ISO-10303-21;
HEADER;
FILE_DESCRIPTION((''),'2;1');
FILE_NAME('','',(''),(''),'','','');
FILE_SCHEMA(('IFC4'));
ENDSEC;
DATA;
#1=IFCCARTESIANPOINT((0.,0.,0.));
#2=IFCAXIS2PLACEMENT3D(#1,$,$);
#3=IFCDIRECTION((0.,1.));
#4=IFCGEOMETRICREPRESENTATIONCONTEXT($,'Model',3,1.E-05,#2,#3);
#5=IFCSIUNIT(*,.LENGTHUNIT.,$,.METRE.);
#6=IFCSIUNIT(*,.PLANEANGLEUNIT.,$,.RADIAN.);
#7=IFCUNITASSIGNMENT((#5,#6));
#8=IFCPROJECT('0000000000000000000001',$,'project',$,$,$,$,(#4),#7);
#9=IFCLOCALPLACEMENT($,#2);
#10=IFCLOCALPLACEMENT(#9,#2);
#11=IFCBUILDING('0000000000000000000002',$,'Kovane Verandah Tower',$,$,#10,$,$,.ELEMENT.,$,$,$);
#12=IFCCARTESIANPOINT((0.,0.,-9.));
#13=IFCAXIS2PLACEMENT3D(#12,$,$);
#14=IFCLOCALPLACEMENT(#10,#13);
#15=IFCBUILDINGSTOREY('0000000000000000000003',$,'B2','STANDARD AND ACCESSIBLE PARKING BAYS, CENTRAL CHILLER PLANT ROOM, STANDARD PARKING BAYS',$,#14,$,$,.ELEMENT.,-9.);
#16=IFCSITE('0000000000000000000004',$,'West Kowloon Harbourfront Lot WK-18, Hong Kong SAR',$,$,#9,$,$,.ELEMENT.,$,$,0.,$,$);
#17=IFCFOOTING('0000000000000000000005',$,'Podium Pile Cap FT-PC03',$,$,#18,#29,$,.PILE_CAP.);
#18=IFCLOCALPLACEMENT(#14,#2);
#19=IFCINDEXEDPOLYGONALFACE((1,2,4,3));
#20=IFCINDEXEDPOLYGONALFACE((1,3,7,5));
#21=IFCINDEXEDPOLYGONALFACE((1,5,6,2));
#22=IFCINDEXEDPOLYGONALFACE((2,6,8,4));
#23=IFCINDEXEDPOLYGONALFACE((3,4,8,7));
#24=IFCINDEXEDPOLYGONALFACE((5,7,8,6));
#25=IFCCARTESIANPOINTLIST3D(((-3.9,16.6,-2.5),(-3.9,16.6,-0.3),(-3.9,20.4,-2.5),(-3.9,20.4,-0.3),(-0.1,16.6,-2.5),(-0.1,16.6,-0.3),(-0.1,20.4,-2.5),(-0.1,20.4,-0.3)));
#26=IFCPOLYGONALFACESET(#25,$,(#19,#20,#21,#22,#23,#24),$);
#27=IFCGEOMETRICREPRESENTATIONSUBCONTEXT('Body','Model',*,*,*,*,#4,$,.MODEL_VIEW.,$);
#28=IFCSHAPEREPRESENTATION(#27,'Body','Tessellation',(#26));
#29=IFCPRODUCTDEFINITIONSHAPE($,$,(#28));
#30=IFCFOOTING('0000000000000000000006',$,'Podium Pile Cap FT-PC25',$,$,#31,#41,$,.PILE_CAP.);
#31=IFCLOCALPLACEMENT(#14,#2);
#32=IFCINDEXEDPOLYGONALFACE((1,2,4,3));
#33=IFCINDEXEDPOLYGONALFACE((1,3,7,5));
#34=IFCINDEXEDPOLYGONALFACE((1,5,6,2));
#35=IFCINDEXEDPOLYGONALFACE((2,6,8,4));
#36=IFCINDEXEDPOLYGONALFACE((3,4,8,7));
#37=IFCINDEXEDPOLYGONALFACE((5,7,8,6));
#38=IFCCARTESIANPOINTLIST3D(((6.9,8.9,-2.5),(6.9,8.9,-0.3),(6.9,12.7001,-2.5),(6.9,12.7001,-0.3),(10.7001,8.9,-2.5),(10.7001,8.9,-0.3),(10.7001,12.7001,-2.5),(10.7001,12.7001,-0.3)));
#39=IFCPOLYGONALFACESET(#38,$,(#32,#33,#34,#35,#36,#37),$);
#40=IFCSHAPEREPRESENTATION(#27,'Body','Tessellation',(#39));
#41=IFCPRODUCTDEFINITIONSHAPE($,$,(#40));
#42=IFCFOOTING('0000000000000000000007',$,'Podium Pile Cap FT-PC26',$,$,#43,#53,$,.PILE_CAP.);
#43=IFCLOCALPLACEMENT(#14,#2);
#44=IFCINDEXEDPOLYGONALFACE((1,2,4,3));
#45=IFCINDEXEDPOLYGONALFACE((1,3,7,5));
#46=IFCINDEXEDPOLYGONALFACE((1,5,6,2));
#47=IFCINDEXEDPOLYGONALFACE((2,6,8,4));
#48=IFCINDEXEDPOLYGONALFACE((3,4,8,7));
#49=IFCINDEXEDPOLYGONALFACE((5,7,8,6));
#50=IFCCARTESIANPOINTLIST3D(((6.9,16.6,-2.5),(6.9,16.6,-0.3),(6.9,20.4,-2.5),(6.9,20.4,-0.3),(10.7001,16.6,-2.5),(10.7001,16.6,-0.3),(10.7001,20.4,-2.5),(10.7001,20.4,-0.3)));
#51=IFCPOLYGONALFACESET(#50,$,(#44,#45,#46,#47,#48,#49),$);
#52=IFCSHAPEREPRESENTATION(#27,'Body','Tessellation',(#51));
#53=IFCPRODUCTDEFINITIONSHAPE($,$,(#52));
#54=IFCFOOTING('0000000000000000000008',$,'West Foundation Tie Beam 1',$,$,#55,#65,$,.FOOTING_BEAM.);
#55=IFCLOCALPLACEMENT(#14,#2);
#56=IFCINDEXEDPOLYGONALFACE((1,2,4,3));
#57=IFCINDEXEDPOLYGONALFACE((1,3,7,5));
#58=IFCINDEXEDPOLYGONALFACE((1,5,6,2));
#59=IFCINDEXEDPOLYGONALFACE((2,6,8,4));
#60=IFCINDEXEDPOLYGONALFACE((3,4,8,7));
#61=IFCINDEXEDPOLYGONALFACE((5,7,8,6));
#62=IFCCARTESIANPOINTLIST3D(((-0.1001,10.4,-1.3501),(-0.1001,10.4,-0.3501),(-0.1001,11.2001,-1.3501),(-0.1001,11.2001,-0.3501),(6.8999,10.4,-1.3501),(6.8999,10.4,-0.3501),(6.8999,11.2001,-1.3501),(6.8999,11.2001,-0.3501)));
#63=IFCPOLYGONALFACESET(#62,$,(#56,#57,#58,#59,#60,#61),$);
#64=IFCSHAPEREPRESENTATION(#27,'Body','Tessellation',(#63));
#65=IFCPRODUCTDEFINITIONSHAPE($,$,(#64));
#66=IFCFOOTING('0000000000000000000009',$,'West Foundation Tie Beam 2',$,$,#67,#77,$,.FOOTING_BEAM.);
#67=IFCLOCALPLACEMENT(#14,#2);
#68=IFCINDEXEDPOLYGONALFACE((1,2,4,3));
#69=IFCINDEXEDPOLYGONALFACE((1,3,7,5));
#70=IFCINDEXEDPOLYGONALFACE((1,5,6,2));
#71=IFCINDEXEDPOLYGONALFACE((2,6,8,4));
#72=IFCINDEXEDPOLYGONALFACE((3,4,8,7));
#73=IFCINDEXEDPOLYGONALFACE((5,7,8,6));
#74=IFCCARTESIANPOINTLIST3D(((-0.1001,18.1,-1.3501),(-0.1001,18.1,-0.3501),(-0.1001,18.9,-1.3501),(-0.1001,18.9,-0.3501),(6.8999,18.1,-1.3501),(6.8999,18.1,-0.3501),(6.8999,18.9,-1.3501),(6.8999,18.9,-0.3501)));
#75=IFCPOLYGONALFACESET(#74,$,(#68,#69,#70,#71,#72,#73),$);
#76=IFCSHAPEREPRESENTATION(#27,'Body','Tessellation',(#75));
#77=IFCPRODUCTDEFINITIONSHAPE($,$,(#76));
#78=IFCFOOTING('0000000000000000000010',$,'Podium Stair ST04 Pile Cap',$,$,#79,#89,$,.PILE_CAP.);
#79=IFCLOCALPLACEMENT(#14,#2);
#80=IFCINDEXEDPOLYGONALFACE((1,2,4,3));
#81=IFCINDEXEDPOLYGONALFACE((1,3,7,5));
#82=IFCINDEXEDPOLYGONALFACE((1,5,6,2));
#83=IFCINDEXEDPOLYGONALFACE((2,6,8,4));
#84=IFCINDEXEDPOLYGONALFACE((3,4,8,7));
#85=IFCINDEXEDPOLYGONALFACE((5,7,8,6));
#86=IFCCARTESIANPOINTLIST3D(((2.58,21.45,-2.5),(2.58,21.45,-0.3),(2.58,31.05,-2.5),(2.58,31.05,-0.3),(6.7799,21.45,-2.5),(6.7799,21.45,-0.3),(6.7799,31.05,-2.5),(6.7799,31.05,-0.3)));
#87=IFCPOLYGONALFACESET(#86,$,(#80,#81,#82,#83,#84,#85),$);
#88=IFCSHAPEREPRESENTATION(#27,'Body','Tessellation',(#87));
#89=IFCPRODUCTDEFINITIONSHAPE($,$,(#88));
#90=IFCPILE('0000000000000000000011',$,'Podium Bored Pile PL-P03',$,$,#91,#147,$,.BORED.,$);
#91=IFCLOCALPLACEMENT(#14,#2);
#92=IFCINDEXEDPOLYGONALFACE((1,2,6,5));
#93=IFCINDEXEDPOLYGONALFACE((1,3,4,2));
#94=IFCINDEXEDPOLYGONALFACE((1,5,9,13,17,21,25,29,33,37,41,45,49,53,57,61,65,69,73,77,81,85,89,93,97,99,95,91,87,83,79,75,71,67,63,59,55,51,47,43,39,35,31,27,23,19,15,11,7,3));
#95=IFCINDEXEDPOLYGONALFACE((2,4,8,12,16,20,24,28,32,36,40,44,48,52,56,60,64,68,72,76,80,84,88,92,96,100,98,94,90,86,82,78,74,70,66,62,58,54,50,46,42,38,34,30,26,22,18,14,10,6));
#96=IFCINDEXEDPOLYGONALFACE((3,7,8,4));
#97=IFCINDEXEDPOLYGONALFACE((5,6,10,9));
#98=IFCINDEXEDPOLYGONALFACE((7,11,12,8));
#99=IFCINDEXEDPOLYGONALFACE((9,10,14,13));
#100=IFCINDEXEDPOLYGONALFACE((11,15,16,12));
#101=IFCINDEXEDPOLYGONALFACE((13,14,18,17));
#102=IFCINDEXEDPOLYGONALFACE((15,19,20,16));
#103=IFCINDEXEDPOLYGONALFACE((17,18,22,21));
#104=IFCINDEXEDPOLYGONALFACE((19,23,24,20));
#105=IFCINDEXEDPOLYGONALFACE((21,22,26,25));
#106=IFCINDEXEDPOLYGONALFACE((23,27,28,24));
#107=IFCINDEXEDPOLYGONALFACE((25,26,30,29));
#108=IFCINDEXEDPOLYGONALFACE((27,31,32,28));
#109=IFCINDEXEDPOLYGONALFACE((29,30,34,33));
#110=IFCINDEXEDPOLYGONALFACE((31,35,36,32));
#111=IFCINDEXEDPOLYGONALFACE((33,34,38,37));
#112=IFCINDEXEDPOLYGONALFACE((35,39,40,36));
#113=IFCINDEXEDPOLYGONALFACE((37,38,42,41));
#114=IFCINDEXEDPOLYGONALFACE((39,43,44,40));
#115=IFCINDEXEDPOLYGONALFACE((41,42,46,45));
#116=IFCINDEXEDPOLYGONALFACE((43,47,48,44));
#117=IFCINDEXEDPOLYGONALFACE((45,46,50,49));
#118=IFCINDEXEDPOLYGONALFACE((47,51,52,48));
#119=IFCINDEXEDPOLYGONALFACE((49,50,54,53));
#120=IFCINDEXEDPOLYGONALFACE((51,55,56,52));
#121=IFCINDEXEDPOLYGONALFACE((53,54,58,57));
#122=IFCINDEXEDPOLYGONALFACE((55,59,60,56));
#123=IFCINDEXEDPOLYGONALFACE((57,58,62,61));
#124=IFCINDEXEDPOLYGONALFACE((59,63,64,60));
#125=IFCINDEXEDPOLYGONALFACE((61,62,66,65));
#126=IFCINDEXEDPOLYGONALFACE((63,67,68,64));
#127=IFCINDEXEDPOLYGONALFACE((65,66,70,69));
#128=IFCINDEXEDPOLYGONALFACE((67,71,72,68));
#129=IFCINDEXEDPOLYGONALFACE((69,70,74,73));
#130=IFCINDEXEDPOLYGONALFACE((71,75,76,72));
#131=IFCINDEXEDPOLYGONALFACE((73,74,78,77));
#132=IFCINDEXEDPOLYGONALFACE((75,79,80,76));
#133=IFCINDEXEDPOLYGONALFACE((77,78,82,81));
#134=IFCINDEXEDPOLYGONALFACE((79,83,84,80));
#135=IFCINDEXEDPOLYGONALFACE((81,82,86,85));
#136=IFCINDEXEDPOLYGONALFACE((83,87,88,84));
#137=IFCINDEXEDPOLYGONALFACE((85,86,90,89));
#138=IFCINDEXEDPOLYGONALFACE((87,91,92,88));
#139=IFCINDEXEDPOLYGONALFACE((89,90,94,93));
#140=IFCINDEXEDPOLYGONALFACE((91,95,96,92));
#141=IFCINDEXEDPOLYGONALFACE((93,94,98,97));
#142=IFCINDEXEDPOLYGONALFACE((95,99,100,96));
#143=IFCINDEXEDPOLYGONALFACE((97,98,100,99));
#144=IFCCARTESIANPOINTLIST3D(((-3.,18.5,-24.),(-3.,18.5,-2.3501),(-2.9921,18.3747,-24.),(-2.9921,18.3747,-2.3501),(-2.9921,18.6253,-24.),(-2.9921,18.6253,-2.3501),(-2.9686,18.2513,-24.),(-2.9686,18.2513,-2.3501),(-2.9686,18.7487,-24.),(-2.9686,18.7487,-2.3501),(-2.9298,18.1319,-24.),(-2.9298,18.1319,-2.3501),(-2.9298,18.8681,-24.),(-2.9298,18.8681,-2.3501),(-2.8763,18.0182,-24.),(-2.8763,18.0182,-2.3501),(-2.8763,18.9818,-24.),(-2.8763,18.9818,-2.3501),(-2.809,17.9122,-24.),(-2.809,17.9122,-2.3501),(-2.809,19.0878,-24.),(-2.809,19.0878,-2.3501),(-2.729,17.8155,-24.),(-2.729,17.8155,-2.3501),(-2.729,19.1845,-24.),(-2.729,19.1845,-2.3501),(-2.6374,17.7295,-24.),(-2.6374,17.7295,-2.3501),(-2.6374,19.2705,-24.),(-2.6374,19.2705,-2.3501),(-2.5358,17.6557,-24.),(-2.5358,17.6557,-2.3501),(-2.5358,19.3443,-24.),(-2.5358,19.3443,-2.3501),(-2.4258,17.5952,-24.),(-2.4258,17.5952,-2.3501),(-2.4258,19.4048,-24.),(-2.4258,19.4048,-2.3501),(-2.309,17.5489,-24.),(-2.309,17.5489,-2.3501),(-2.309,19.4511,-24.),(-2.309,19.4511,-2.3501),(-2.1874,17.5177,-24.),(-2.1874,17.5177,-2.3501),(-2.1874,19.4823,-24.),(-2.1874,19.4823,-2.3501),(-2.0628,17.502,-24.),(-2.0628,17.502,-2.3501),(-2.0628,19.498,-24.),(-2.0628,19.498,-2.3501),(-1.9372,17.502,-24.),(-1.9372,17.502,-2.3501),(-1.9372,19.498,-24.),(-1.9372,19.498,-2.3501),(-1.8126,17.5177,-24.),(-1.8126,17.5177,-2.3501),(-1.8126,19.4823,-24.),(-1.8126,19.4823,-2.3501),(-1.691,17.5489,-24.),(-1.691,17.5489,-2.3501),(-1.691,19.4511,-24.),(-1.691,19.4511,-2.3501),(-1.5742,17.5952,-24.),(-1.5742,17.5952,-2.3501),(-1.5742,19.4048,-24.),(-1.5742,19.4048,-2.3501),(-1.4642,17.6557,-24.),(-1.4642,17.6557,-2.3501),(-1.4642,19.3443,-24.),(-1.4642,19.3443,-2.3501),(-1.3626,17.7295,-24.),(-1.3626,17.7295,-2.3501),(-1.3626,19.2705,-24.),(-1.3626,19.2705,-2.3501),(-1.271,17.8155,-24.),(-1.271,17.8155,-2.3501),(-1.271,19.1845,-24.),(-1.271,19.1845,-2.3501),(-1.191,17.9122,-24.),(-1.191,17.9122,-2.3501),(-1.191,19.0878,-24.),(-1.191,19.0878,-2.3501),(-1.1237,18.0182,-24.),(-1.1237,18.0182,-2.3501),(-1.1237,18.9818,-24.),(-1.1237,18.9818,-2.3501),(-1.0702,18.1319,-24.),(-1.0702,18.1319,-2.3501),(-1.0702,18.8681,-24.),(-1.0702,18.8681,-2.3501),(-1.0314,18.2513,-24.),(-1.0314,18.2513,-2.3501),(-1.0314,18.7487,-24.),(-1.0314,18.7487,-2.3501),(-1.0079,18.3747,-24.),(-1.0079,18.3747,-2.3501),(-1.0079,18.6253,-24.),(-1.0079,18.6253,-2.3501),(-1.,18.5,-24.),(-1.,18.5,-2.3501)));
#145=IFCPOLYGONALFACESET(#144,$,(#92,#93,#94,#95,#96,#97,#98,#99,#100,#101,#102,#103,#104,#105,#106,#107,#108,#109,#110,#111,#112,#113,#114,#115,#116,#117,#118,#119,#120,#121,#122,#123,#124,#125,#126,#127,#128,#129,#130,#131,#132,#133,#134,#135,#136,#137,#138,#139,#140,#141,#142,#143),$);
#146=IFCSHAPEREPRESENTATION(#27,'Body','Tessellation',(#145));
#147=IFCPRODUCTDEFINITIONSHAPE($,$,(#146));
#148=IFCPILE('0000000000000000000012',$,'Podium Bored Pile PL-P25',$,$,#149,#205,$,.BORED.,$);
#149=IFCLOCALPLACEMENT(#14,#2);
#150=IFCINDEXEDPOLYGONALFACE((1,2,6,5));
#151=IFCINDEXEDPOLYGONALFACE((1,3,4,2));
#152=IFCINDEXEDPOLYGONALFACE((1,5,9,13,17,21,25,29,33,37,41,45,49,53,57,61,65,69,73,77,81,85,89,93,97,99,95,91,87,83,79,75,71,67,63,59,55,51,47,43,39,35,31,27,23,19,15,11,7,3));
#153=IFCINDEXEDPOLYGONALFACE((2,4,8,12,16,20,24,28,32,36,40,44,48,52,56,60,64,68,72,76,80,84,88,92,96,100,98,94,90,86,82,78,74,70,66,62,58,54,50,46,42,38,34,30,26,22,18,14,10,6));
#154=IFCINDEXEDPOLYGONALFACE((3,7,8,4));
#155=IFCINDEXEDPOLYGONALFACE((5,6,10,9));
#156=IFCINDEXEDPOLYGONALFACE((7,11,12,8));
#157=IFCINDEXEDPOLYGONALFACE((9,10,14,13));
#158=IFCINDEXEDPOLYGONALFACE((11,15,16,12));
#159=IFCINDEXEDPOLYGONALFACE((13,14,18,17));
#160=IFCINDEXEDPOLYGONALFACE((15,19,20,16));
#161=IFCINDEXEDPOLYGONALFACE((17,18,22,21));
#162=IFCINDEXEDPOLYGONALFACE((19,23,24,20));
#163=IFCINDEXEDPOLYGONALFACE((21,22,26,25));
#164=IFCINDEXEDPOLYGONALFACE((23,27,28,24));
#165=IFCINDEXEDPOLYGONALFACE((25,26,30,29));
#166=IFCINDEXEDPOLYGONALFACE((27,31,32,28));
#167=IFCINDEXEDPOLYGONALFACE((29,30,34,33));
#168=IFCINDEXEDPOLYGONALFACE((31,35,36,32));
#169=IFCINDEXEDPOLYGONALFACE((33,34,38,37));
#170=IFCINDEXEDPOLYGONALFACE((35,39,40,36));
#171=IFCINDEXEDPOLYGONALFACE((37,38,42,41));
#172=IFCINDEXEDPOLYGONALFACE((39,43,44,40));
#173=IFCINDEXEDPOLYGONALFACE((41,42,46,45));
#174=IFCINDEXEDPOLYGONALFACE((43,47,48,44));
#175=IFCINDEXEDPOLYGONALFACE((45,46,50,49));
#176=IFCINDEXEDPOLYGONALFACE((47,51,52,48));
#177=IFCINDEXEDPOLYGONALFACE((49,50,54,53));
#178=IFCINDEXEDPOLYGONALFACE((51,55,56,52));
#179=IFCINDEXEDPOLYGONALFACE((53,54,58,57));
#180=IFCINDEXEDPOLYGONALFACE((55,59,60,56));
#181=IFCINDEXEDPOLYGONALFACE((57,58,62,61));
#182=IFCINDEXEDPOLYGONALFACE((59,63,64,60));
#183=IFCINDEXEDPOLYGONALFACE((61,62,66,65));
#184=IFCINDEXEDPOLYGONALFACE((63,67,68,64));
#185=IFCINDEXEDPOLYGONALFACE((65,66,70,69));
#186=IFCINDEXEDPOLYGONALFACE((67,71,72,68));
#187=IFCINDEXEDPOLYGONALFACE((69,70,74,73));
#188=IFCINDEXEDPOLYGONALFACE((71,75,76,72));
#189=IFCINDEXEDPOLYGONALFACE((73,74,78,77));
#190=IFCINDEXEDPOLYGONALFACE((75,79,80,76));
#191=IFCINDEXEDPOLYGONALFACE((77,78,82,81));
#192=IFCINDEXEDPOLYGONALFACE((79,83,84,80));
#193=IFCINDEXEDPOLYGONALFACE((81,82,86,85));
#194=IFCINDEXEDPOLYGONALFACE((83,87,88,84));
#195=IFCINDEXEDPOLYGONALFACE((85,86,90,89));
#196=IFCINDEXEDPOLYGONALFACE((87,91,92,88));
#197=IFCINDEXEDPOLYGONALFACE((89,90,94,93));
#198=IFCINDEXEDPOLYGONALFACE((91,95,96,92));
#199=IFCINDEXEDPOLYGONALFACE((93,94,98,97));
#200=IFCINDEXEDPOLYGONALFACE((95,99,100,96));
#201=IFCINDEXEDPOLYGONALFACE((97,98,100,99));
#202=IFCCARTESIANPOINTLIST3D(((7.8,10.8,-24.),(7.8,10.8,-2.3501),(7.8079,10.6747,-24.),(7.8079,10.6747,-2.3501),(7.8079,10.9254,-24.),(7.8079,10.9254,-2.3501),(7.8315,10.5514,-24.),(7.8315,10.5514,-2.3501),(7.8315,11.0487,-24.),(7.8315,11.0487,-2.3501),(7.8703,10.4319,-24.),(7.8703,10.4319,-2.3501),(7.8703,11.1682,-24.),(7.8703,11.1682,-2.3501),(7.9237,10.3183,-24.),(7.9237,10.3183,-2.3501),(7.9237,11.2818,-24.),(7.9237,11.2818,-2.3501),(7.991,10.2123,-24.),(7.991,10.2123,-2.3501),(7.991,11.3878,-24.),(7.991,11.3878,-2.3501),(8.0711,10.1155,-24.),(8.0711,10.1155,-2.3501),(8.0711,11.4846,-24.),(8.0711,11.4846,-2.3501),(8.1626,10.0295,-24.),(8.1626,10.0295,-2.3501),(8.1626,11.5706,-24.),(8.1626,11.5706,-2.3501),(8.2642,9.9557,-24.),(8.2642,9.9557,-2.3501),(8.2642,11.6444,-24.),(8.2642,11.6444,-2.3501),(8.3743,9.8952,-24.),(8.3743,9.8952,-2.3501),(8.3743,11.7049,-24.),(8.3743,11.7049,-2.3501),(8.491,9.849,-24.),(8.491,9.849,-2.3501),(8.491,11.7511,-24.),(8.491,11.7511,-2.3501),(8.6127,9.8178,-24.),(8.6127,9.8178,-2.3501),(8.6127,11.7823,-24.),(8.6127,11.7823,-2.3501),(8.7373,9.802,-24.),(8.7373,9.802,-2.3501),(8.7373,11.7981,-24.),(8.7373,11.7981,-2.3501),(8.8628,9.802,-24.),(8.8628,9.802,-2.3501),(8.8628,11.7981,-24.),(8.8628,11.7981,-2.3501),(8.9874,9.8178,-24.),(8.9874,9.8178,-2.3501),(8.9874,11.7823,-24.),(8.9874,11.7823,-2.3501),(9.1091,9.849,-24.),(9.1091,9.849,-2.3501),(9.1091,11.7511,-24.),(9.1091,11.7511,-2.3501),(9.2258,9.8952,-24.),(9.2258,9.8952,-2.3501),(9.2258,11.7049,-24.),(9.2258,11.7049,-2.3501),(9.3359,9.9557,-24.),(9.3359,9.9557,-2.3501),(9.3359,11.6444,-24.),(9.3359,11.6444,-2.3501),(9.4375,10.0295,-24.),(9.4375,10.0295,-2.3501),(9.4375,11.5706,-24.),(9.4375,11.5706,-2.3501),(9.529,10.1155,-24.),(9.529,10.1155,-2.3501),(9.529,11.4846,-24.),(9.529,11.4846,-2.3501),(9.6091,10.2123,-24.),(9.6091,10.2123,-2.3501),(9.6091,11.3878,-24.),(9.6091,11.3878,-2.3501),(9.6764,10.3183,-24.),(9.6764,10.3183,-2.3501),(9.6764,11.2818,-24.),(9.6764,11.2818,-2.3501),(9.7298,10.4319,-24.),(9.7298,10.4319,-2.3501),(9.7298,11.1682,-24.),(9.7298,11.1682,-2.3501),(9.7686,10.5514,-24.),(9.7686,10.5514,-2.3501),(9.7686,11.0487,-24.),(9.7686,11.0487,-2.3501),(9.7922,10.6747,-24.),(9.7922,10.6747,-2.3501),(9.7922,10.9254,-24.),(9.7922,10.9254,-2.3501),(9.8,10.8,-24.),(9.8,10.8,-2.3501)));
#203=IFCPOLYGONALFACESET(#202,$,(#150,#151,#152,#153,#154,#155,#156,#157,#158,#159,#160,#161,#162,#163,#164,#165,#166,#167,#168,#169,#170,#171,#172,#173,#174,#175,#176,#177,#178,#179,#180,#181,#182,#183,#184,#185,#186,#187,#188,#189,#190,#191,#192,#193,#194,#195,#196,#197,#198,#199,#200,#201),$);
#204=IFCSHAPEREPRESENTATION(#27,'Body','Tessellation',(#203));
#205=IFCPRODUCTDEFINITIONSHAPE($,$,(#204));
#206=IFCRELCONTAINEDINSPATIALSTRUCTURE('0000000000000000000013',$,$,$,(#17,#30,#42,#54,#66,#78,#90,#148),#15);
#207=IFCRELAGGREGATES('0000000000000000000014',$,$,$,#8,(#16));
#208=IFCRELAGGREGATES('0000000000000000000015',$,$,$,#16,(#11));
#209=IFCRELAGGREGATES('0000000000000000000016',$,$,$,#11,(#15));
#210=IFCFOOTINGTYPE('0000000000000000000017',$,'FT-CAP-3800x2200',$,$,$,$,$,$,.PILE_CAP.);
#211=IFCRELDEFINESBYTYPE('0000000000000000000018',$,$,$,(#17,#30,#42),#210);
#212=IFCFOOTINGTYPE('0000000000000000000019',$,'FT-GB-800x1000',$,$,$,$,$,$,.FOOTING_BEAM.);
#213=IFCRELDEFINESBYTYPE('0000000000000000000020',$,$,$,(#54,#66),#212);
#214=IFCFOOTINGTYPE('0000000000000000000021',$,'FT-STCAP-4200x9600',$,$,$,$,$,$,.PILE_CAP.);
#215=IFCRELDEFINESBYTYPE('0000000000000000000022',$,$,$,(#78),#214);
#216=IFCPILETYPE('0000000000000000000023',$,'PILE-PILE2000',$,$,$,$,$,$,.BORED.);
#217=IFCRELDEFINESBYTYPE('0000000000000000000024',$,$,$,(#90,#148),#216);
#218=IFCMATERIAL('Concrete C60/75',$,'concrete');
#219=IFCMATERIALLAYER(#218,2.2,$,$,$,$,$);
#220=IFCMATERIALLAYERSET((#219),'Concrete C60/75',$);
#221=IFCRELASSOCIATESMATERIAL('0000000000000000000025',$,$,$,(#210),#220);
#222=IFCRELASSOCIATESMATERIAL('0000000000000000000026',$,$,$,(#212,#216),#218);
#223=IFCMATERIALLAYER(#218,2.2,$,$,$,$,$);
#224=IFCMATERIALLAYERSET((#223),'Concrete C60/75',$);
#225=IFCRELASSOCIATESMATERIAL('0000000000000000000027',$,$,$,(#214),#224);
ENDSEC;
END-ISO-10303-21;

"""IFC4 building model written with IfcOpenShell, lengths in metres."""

from ifc_helpers import new_model, si_unit, direction, frame, origin, origin_2d, place, context, subcontext, project, spatial, rectangle, circle, extrude, material, layer, layer_set, material_profile, profile_set, type_object, element, save


model = new_model("IFC4")

# Units and contexts
model_context = context("Model", 3, precision=1e-05, world=origin(), true_north=direction((0.0, 1.0)))
body_context = subcontext(model_context, "Body", "Model", "MODEL_VIEW")
ifc_project = project(units=[si_unit("LENGTHUNIT", "METRE"), si_unit("PLANEANGLEUNIT", "RADIAN")], contexts=[model_context])

# Site, building, storey
site_placement = place(None, origin())
site = spatial("IfcSite", under=ifc_project, at=site_placement, Name="West Kowloon Harbourfront Lot WK-18, Hong Kong SAR", CompositionType="ELEMENT", RefElevation=0.0)
building_placement = place(site_placement, origin())
building = spatial("IfcBuilding", under=site, at=building_placement, Name="Kovane Verandah Tower", CompositionType="ELEMENT")
storey_placement = place(building_placement, frame((0.0, 0.0, -9.0)))
storey = spatial("IfcBuildingStorey", under=building, at=storey_placement, Name="B2", Description="STANDARD AND ACCESSIBLE PARKING BAYS, CENTRAL CHILLER PLANT ROOM, STANDARD PARKING BAYS", CompositionType="ELEMENT", Elevation=-9.0)

# Footings
ifc_material_1 = material(Name="Concrete C60/75", Category="concrete")
ifc_layer_1 = layer(ifc_material_1, 2.2)
ifc_layer_set_1 = layer_set([ifc_layer_1], Name="Concrete C60/75")
footing_type_1 = type_object("IfcFootingType", Name="FT-CAP-3800x2200", PredefinedType="PILE_CAP", material=ifc_layer_set_1)
for number, where, z_axis, x_axis, name in (
    (1, (-2.0, 18.5, -2.5), (0.0, 0.0, 1.0), (1.0, 0.0, 0.0), "Podium Pile Cap FT-PC03"),
    (2, (8.8, 10.8, -2.5), (0.0, 0.0, 1.0), (1.0, 0.0, 0.0), "Podium Pile Cap FT-PC25"),
    (3, (8.8, 18.5, -2.5), (0.0, 0.0, 1.0), (1.0, 0.0, 0.0), "Podium Pile Cap FT-PC26"),
):
    element("IfcFooting", number, at=place(storey_placement, frame(where, z_axis=z_axis, x_axis=x_axis)), inside=storey, type_object=footing_type_1, Name=name, PredefinedType="PILE_CAP", context=body_context, shape_type="SweptSolid", body=[
        extrude(rectangle(XDim=3.8, YDim=3.8, at=origin_2d()), origin(), (0.0, 0.0, 1.0), 2.2),
    ])
ifc_material_profile_1 = material_profile(ifc_material_1, rectangle(XDim=0.8, YDim=1.0, at=origin_2d()), Name="RCB800x1000")
ifc_profile_set_1 = profile_set([ifc_material_profile_1], Name="Concrete C60/75")
footing_type_2 = type_object("IfcFootingType", Name="FT-GB-800x1000", PredefinedType="FOOTING_BEAM", material=ifc_profile_set_1)
for number, where, z_axis, x_axis, name in (
    (4, (3.3999, 10.8, -1.3501), (0.0, 0.0, 1.0), (1.0, 0.0, 0.0), "West Foundation Tie Beam 1"),
    (5, (3.3999, 18.5, -1.3501), (0.0, 0.0, 1.0), (1.0, 0.0, 0.0), "West Foundation Tie Beam 2"),
):
    element("IfcFooting", number, at=place(storey_placement, frame(where, z_axis=z_axis, x_axis=x_axis)), inside=storey, type_object=footing_type_2, Name=name, PredefinedType="FOOTING_BEAM", context=body_context, shape_type="SweptSolid", body=[
        extrude(rectangle(XDim=7.0, YDim=0.8, at=origin_2d()), origin(), (0.0, 0.0, 1.0), 1.0),
    ])
ifc_layer_2 = layer(ifc_material_1, 2.2)
ifc_layer_set_2 = layer_set([ifc_layer_2], Name="Concrete C60/75")
footing_type_3 = type_object("IfcFootingType", Name="FT-STCAP-4200x9600", PredefinedType="PILE_CAP", material=ifc_layer_set_2)
footing_placement = place(storey_placement, frame((4.6799, 26.25, -2.5), z_axis=(0.0, 0.0, 1.0), x_axis=(1.0, 0.0, 0.0)))
element("IfcFooting", 6, at=footing_placement, inside=storey, type_object=footing_type_3, Name="Podium Stair ST04 Pile Cap", PredefinedType="PILE_CAP", context=body_context, shape_type="SweptSolid", body=[
    extrude(rectangle(XDim=4.2, YDim=9.6001, at=origin_2d()), origin(), (0.0, 0.0, 1.0), 2.2),
])

# Piles
ifc_material_profile_2 = material_profile(ifc_material_1, circle(Radius=1.0, at=origin_2d()), Name="PILE2000")
ifc_profile_set_2 = profile_set([ifc_material_profile_2], Name="Concrete C60/75")
pile_type = type_object("IfcPileType", Name="PILE-PILE2000", PredefinedType="BORED", material=ifc_profile_set_2)
for number, where, z_axis, x_axis, name in (
    (7, (-2.0, 18.5, -2.3501), (0.0, 0.0, -1.0), (1.0, 0.0, 0.0), "Podium Bored Pile PL-P03"),
    (8, (8.8, 10.8, -2.3501), (0.0, 0.0, -1.0), (1.0, 0.0, 0.0), "Podium Bored Pile PL-P25"),
):
    element("IfcPile", number, at=place(storey_placement, frame(where, z_axis=z_axis, x_axis=x_axis)), inside=storey, type_object=pile_type, Name=name, PredefinedType="BORED", context=body_context, shape_type="SweptSolid", body=[
        extrude(circle(Radius=1.0, at=origin_2d()), origin(), (0.0, 0.0, 1.0), 21.6499),
    ])

save(model, "model.ifc")
